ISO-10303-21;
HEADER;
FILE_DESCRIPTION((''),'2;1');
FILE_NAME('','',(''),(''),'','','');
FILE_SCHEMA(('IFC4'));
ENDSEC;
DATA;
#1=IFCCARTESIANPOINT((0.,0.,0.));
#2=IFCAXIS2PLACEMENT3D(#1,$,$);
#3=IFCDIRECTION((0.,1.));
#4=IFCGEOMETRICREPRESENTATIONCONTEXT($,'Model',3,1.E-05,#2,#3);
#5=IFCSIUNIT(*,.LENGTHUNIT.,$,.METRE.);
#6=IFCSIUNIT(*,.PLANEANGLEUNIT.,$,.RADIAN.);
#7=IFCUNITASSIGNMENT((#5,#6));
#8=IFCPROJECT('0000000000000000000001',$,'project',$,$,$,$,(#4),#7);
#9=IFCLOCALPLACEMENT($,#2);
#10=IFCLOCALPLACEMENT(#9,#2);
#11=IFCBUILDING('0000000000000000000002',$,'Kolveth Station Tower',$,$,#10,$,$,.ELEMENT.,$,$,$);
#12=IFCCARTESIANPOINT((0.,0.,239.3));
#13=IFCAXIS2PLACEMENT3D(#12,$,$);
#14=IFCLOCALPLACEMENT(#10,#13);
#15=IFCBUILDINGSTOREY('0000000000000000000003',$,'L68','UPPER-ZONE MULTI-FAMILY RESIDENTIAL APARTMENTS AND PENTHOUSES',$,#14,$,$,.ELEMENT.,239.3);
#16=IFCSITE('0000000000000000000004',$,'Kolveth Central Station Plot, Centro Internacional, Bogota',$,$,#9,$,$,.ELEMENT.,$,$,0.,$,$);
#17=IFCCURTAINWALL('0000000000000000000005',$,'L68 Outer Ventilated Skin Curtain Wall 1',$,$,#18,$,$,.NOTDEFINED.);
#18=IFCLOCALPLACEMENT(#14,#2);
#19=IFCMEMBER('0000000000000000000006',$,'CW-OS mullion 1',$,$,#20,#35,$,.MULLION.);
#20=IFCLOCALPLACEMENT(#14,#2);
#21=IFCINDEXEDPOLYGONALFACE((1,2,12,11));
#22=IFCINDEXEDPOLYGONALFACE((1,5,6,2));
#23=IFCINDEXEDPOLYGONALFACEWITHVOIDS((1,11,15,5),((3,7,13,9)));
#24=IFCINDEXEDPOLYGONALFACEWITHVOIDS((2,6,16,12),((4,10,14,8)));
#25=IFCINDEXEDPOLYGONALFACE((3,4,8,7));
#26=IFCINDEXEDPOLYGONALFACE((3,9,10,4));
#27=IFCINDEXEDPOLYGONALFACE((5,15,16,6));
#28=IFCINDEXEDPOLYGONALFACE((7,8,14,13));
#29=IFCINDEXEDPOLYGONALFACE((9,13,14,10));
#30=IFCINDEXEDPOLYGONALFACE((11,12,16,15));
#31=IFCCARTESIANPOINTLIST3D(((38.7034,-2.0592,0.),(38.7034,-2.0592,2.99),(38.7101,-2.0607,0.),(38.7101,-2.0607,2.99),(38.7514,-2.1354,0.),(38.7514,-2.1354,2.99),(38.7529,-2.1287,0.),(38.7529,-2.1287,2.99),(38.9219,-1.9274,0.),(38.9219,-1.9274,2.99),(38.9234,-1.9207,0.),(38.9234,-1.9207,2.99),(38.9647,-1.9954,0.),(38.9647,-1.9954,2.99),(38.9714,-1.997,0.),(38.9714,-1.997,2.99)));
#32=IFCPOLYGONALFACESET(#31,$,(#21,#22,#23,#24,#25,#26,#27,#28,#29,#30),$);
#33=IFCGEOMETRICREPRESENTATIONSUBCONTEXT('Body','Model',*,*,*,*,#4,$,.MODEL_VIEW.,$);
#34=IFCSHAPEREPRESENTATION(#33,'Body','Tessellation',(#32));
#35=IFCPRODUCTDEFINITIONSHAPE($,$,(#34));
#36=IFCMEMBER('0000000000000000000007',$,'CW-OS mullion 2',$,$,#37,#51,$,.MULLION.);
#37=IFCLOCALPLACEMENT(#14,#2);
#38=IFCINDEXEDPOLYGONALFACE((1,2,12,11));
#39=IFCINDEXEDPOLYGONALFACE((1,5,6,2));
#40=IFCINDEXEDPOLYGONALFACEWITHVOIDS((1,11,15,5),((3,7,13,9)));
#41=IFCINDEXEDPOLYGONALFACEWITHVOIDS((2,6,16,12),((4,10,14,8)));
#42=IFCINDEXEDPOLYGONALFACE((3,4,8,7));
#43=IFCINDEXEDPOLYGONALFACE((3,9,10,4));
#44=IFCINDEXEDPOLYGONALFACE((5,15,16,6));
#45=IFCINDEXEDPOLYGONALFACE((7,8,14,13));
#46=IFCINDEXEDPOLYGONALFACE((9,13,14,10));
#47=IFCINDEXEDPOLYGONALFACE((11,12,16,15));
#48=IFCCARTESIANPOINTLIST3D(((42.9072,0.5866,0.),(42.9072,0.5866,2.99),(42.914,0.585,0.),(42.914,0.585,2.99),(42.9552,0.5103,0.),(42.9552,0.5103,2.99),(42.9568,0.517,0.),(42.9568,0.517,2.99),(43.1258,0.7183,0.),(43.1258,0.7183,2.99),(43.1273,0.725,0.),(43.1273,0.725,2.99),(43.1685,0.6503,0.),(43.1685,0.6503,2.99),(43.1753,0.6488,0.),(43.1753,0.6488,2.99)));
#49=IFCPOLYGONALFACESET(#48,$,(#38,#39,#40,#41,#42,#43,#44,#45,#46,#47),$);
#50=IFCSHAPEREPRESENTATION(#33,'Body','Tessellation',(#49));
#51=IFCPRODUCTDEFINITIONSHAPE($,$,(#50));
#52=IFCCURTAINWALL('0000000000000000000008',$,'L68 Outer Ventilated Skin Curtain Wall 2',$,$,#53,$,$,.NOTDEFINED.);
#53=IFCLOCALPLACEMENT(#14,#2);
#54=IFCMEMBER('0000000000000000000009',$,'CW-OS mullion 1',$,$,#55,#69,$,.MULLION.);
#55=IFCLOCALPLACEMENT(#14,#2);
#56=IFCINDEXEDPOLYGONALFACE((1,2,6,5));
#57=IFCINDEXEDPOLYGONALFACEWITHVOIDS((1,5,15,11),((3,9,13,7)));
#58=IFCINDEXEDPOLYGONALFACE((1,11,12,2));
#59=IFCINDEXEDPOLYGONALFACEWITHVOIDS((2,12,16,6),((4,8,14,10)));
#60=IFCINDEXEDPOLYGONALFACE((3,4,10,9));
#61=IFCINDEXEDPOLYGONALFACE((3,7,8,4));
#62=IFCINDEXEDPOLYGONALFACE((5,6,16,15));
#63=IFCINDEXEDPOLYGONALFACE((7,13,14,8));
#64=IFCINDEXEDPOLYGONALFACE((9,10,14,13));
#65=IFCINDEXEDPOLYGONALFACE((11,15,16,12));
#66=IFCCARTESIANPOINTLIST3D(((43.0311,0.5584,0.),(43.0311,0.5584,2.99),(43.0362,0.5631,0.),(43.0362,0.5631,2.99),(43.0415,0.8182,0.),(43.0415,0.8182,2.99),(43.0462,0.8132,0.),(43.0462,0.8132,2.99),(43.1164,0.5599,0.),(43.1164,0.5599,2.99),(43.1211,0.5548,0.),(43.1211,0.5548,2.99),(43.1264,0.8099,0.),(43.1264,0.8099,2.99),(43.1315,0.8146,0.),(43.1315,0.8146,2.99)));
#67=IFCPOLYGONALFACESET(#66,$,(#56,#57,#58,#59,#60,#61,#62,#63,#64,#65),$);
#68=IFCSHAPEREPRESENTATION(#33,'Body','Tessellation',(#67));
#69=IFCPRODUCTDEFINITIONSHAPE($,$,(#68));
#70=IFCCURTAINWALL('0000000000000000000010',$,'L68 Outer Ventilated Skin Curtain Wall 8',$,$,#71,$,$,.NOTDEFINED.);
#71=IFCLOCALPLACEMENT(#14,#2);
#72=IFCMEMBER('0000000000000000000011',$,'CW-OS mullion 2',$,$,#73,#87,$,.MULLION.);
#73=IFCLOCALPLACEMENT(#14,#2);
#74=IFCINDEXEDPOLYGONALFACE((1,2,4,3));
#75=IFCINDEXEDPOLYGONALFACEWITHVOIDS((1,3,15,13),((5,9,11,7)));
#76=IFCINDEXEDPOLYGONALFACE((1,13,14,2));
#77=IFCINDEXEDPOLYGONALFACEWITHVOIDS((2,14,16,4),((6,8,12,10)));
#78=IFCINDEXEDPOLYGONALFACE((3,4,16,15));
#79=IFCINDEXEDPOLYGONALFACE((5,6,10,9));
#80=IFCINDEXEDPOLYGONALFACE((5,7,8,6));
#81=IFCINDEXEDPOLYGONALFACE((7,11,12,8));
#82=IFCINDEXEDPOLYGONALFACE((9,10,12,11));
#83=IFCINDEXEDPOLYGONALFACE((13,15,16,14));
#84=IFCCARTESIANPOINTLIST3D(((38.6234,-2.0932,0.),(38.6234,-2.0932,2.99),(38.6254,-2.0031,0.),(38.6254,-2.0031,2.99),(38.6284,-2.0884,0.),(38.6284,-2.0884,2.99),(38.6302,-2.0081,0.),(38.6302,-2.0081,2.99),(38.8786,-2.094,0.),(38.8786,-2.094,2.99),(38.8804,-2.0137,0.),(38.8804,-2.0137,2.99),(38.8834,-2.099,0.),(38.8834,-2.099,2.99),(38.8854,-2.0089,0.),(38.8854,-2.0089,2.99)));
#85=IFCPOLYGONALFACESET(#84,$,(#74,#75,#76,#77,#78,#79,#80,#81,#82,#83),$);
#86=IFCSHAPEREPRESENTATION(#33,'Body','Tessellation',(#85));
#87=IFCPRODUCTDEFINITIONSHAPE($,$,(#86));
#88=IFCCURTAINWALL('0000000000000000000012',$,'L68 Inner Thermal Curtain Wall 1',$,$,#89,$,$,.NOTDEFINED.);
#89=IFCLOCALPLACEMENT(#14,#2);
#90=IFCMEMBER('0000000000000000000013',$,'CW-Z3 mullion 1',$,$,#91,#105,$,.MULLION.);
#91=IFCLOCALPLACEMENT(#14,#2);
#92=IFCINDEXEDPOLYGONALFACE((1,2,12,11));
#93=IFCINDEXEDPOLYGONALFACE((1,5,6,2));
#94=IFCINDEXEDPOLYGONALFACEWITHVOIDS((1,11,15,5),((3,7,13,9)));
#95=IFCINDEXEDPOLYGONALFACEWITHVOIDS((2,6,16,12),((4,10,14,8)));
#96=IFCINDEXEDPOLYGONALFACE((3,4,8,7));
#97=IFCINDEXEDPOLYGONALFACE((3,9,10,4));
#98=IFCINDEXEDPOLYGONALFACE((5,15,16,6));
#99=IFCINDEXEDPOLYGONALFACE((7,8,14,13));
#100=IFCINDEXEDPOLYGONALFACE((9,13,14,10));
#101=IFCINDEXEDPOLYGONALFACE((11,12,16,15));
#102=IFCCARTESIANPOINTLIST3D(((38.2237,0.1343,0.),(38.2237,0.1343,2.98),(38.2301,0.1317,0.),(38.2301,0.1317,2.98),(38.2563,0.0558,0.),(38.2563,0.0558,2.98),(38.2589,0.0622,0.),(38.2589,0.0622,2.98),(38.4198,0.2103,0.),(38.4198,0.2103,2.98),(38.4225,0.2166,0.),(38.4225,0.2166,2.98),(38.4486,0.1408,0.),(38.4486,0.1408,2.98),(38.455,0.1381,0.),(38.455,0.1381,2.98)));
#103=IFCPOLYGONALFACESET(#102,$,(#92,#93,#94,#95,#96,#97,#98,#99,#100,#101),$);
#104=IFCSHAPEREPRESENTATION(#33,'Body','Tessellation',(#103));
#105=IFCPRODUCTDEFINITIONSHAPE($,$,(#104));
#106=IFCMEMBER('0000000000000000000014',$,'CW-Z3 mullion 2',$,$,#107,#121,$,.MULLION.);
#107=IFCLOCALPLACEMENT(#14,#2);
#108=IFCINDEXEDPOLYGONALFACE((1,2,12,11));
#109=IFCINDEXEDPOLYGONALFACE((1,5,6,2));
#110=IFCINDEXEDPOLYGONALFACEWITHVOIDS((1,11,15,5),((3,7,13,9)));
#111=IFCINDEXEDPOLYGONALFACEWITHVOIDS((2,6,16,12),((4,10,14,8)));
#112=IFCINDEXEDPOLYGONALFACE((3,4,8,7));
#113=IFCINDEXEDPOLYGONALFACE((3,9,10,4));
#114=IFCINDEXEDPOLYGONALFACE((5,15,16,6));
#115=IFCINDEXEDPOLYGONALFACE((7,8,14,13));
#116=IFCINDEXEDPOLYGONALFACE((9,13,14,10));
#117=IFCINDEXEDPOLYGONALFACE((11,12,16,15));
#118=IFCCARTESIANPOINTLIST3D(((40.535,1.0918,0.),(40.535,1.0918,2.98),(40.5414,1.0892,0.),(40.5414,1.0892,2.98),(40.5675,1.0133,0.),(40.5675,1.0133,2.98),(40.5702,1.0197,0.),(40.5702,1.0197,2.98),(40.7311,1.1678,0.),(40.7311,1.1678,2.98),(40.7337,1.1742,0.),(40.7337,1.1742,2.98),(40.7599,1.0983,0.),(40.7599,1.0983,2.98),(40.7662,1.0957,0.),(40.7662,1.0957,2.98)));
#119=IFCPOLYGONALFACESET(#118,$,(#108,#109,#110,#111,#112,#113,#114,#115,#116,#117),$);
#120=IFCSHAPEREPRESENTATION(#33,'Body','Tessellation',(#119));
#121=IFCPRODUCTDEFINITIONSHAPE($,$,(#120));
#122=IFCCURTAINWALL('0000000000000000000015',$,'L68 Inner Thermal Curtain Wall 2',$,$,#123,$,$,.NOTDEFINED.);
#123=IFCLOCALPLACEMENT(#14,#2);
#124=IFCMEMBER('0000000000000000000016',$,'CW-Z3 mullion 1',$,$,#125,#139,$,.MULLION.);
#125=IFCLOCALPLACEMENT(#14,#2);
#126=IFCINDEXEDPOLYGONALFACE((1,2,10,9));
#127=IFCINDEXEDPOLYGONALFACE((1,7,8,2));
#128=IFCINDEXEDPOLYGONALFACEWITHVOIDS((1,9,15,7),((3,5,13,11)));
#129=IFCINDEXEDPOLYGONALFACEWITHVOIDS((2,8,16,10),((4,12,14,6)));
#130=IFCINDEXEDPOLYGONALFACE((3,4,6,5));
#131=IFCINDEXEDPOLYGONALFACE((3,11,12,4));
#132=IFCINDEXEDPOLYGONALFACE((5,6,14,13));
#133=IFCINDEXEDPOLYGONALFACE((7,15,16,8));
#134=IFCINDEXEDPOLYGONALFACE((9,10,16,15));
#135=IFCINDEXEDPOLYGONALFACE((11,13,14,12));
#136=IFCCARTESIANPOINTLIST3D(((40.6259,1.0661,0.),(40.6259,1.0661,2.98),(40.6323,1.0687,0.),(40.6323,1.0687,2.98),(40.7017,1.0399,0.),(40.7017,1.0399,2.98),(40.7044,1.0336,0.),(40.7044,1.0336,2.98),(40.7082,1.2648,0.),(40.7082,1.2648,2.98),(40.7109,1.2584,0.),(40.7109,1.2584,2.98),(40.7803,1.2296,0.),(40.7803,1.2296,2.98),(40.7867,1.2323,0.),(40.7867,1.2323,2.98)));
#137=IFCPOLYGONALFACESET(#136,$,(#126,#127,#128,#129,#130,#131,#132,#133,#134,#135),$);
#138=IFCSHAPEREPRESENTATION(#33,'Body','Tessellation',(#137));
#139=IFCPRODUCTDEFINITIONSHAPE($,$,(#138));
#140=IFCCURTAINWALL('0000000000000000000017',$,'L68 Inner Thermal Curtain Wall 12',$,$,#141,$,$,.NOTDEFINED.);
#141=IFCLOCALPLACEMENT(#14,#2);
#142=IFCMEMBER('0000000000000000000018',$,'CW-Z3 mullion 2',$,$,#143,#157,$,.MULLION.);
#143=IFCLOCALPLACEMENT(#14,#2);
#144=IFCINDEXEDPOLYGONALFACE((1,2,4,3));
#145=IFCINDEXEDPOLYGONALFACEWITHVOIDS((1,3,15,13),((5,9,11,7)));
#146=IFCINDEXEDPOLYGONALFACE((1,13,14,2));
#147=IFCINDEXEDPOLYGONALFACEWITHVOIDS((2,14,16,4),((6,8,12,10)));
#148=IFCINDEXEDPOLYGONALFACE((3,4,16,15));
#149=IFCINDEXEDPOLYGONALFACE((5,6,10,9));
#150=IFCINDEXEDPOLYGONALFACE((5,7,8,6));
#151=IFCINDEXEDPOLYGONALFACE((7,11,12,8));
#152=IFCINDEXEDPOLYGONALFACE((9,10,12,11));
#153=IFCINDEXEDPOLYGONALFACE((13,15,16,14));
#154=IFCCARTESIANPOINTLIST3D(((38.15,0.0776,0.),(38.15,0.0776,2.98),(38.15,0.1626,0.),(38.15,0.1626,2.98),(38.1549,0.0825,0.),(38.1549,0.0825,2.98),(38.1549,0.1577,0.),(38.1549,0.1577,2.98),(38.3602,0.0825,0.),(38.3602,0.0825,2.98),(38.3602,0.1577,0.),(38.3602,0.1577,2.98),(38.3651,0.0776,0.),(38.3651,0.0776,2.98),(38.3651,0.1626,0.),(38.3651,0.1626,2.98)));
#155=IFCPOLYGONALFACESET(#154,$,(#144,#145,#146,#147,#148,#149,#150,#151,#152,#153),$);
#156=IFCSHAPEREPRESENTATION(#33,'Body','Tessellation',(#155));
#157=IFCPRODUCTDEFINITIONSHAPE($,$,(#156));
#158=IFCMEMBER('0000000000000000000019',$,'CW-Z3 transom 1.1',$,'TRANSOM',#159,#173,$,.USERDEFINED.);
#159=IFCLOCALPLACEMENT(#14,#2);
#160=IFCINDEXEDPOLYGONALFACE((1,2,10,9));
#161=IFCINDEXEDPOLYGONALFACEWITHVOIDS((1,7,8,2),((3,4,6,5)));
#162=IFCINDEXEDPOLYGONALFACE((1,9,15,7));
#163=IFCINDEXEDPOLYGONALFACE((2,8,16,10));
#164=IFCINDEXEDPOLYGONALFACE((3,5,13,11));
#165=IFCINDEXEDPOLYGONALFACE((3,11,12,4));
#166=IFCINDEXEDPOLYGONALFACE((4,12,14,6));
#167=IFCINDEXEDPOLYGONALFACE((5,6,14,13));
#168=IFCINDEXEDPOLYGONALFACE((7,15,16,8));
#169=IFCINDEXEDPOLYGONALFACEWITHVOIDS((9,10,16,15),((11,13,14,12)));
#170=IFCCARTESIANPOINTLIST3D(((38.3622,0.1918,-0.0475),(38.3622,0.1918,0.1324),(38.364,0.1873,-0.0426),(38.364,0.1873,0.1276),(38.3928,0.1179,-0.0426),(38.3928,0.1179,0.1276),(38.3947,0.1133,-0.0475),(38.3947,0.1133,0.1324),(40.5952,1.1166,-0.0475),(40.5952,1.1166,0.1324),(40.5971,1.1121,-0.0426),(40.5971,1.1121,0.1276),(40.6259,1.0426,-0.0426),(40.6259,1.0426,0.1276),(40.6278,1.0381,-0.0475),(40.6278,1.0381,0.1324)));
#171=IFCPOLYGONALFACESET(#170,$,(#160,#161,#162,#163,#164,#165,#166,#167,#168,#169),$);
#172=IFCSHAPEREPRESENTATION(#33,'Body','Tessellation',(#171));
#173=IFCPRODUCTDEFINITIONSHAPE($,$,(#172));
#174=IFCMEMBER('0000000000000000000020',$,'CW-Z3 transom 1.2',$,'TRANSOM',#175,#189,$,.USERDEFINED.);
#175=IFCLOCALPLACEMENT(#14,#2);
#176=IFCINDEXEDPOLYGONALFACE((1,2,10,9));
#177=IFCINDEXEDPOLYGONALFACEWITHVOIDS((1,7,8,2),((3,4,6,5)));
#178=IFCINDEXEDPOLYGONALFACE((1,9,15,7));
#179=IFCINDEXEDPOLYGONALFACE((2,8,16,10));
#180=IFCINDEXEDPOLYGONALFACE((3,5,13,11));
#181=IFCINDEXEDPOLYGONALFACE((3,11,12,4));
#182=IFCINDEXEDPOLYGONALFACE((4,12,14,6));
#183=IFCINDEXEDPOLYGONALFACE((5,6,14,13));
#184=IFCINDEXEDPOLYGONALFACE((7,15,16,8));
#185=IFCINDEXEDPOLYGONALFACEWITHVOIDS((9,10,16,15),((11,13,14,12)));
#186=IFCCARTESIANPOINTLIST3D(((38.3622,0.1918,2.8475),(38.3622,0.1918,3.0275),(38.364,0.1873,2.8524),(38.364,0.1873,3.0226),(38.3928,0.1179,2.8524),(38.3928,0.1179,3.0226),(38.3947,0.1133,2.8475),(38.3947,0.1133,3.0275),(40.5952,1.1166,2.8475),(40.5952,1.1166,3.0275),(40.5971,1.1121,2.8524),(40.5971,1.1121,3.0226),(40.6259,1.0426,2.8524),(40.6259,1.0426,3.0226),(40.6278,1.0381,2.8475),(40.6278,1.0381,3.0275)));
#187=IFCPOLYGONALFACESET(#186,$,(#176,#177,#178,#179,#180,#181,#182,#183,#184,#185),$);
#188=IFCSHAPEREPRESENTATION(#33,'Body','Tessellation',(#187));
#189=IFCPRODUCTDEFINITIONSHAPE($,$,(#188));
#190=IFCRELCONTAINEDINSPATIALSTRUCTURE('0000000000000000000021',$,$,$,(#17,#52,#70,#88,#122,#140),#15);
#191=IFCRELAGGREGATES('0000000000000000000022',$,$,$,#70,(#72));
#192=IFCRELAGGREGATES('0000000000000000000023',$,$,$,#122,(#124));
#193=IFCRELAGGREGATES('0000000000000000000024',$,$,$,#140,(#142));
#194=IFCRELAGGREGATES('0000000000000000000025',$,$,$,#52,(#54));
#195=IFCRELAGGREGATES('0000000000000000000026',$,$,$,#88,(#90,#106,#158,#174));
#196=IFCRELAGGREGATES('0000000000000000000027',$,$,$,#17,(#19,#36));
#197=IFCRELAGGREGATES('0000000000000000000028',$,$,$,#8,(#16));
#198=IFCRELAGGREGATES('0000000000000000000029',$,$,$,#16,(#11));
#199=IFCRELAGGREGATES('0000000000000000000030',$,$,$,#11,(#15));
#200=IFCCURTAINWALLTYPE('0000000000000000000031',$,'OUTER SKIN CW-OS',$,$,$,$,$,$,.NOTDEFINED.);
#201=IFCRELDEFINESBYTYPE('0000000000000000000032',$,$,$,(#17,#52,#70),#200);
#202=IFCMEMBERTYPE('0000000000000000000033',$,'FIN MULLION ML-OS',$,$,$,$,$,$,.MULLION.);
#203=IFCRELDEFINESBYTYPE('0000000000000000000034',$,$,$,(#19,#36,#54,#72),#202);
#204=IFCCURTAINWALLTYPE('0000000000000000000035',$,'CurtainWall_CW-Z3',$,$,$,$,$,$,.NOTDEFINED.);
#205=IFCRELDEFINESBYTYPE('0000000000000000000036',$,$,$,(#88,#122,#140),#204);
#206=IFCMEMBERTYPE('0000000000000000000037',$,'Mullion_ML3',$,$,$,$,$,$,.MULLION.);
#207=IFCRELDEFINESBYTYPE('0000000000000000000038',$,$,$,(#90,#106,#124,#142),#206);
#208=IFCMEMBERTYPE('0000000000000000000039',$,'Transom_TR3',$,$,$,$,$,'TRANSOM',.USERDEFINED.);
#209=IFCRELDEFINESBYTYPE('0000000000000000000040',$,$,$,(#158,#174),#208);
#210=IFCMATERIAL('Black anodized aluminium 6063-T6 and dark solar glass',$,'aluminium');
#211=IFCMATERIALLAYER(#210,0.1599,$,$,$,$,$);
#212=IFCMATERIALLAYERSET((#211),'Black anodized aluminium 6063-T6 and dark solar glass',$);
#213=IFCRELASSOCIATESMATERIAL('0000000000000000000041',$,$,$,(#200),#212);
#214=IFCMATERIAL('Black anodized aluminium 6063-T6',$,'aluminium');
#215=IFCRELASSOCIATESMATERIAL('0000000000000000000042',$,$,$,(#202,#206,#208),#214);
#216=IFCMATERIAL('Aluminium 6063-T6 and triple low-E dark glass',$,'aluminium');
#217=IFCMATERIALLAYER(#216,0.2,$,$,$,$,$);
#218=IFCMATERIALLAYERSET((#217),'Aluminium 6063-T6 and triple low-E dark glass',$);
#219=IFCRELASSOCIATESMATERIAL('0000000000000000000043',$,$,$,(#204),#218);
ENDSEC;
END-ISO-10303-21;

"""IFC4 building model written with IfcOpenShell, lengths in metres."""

from ifc_helpers import new_model, si_unit, direction, frame, origin, origin_2d, place, context, subcontext, project, spatial, hollow_rectangle, extrude, source, transform, mapped, material, layer, layer_set, material_profile, profile_set, type_object, element, aggregate, save


model = new_model("IFC4")

# Units and contexts
model_context = context("Model", 3, precision=1e-05, world=origin(), true_north=direction((0.0, 1.0)))
body_context = subcontext(model_context, "Body", "Model", "MODEL_VIEW")
ifc_project = project(units=[si_unit("LENGTHUNIT", "METRE"), si_unit("PLANEANGLEUNIT", "RADIAN")], contexts=[model_context])

# Site, building, storey
site_placement = place(None, origin())
site = spatial("IfcSite", under=ifc_project, at=site_placement, Name="Kolveth Central Station Plot, Centro Internacional, Bogota", CompositionType="ELEMENT", RefElevation=0.0)
building_placement = place(site_placement, origin())
building = spatial("IfcBuilding", under=site, at=building_placement, Name="Kolveth Station Tower", CompositionType="ELEMENT")
storey_placement = place(building_placement, frame((0.0, 0.0, 239.3)))
storey = spatial("IfcBuildingStorey", under=building, at=storey_placement, Name="L68", Description="UPPER-ZONE MULTI-FAMILY RESIDENTIAL APARTMENTS AND PENTHOUSES", CompositionType="ELEMENT", Elevation=239.3)

# Curtain wall, members
ifc_material_1 = material(Name="Black anodized aluminium 6063-T6 and dark solar glass", Category="aluminium")
ifc_layer_1 = layer(ifc_material_1, 0.1599)
ifc_layer_set_1 = layer_set([ifc_layer_1], Name="Black anodized aluminium 6063-T6 and dark solar glass")
curtain_wall_type_1 = type_object("IfcCurtainWallType", Name="OUTER SKIN CW-OS", PredefinedType="NOTDEFINED", material=ifc_layer_set_1)
curtain_wall_1_placement = place(storey_placement, origin())
curtain_wall_1 = element("IfcCurtainWall", 1, at=curtain_wall_1_placement, inside=storey, type_object=curtain_wall_type_1, Name="L68 Outer Ventilated Skin Curtain Wall 1", PredefinedType="NOTDEFINED")
ifc_material_2 = material(Name="Black anodized aluminium 6063-T6", Category="aluminium")
ifc_material_profile_1 = material_profile(ifc_material_2, hollow_rectangle(XDim=0.0901, YDim=0.26, WallThickness=0.0049, at=origin_2d()), Name="ALU-90x260x5")
ifc_profile_set_1 = profile_set([ifc_material_profile_1], Name="Black anodized aluminium 6063-T6")
member_type_1 = type_object("IfcMemberType", Name="FIN MULLION ML-OS", PredefinedType="MULLION", material=ifc_profile_set_1)
shared_shape_1 = source(origin(), body_context, "Body", "SweptSolid", [
    extrude(hollow_rectangle(XDim=0.0901, YDim=0.26, WallThickness=0.0049, at=origin_2d()), origin(), (0.0, 0.0, 1.0), 2.99),
])
member_1_placement = place(storey_placement, frame((38.8374, -2.0281, 0.0), z_axis=(0.0, 0.0, 1.0), x_axis=(-0.532641, 0.846341, 0.0)))
member_1 = element("IfcMember", 2, at=member_1_placement, type_object=member_type_1, Name="CW-OS mullion 1", PredefinedType="MULLION", context=body_context, shape_type="MappedRepresentation", body=[
    mapped(shared_shape_1, transform((0.0, 0.0, 0.0), x_axis=(1.0, 0.0, 0.0), y_axis=(0.0, 1.0, 0.0), z_axis=(0.0, 0.0, 1.0), scale=1.0)),
])
member_2_placement = place(storey_placement, frame((43.0413, 0.6177, 0.0), z_axis=(0.0, 0.0, 1.0), x_axis=(-0.532641, 0.846341, 0.0)))
member_2 = element("IfcMember", 3, at=member_2_placement, type_object=member_type_1, Name="CW-OS mullion 2", PredefinedType="MULLION", context=body_context, shape_type="MappedRepresentation", body=[
    mapped(shared_shape_1, transform((0.0, 0.0, 0.0), x_axis=(1.0, 0.0, 0.0), y_axis=(0.0, 1.0, 0.0), z_axis=(0.0, 0.0, 1.0), scale=1.0)),
])

# Curtain walls, members
curtain_wall_2_placement = place(storey_placement, origin())
curtain_wall_2 = element("IfcCurtainWall", 4, at=curtain_wall_2_placement, inside=storey, type_object=curtain_wall_type_1, Name="L68 Outer Ventilated Skin Curtain Wall 2", PredefinedType="NOTDEFINED")
member_3_placement = place(storey_placement, frame((43.0813, 0.6865, 0.0), z_axis=(0.0, 0.0, 1.0), x_axis=(-0.9992, 0.039987, 0.0)))
member_3 = element("IfcMember", 5, at=member_3_placement, type_object=member_type_1, Name="CW-OS mullion 1", PredefinedType="MULLION", context=body_context, shape_type="MappedRepresentation", body=[
    mapped(shared_shape_1, transform((0.0, 0.0, 0.0), x_axis=(1.0, 0.0, 0.0), y_axis=(0.0, 1.0, 0.0), z_axis=(0.0, 0.0, 1.0), scale=1.0)),
])
curtain_wall_3_placement = place(storey_placement, origin())
curtain_wall_3 = element("IfcCurtainWall", 6, at=curtain_wall_3_placement, inside=storey, type_object=curtain_wall_type_1, Name="L68 Outer Ventilated Skin Curtain Wall 8", PredefinedType="NOTDEFINED")
member_4_placement = place(storey_placement, frame((38.7544, -2.051, 0.0), z_axis=(0.0, 0.0, 1.0), x_axis=(0.022315, 0.999751, 0.0)))
member_4 = element("IfcMember", 7, at=member_4_placement, type_object=member_type_1, Name="CW-OS mullion 2", PredefinedType="MULLION", context=body_context, shape_type="MappedRepresentation", body=[
    mapped(shared_shape_1, transform((0.0, 0.0, 0.0), x_axis=(1.0, 0.0, 0.0), y_axis=(0.0, 1.0, 0.0), z_axis=(0.0, 0.0, 1.0), scale=1.0)),
])
aggregate(curtain_wall_3, [member_4])

# Curtain wall, members
ifc_material_3 = material(Name="Aluminium 6063-T6 and triple low-E dark glass", Category="aluminium")
ifc_layer_2 = layer(ifc_material_3, 0.2)
ifc_layer_set_2 = layer_set([ifc_layer_2], Name="Aluminium 6063-T6 and triple low-E dark glass")
curtain_wall_type_2 = type_object("IfcCurtainWallType", Name="CurtainWall_CW-Z3", PredefinedType="NOTDEFINED", material=ifc_layer_set_2)
curtain_wall_4_placement = place(storey_placement, origin())
curtain_wall_4 = element("IfcCurtainWall", 8, at=curtain_wall_4_placement, inside=storey, type_object=curtain_wall_type_2, Name="L68 Inner Thermal Curtain Wall 1", PredefinedType="NOTDEFINED")
ifc_material_profile_2 = material_profile(ifc_material_2, hollow_rectangle(XDim=0.085, YDim=0.2151, WallThickness=0.0049, at=origin_2d()), Name="ALU-85x215x5")
ifc_profile_set_2 = profile_set([ifc_material_profile_2], Name="Black anodized aluminium 6063-T6")
member_type_2 = type_object("IfcMemberType", Name="Mullion_ML3", PredefinedType="MULLION", material=ifc_profile_set_2)
shared_shape_2 = source(origin(), body_context, "Body", "SweptSolid", [
    extrude(hollow_rectangle(XDim=0.085, YDim=0.2151, WallThickness=0.0049, at=origin_2d()), origin(), (0.0, 0.0, 1.0), 2.98),
])
member_5_placement = place(storey_placement, frame((38.3394, 0.1362, 0.0), z_axis=(0.0, 0.0, 1.0), x_axis=(-0.382693, 0.923875, 0.0)))
member_5 = element("IfcMember", 9, at=member_5_placement, type_object=member_type_2, Name="CW-Z3 mullion 1", PredefinedType="MULLION", context=body_context, shape_type="MappedRepresentation", body=[
    mapped(shared_shape_2, transform((0.0, 0.0, 0.0), x_axis=(1.0, 0.0, 0.0), y_axis=(0.0, 1.0, 0.0), z_axis=(0.0, 0.0, 1.0), scale=1.0)),
])
member_6_placement = place(storey_placement, frame((40.6506, 1.0938, 0.0), z_axis=(0.0, 0.0, 1.0), x_axis=(-0.382693, 0.923875, 0.0)))
member_6 = element("IfcMember", 10, at=member_6_placement, type_object=member_type_2, Name="CW-Z3 mullion 2", PredefinedType="MULLION", context=body_context, shape_type="MappedRepresentation", body=[
    mapped(shared_shape_2, transform((0.0, 0.0, 0.0), x_axis=(1.0, 0.0, 0.0), y_axis=(0.0, 1.0, 0.0), z_axis=(0.0, 0.0, 1.0), scale=1.0)),
])

# Curtain walls, members
curtain_wall_5_placement = place(storey_placement, origin())
curtain_wall_5 = element("IfcCurtainWall", 11, at=curtain_wall_5_placement, inside=storey, type_object=curtain_wall_type_2, Name="L68 Inner Thermal Curtain Wall 2", PredefinedType="NOTDEFINED")
member_7_placement = place(storey_placement, frame((40.7063, 1.1492, 0.0), z_axis=(0.0, 0.0, 1.0), x_axis=(-0.923875, 0.382693, 0.0)))
member_7 = element("IfcMember", 12, at=member_7_placement, type_object=member_type_2, Name="CW-Z3 mullion 1", PredefinedType="MULLION", context=body_context, shape_type="MappedRepresentation", body=[
    mapped(shared_shape_2, transform((0.0, 0.0, 0.0), x_axis=(1.0, 0.0, 0.0), y_axis=(0.0, 1.0, 0.0), z_axis=(0.0, 0.0, 1.0), scale=1.0)),
])
aggregate(curtain_wall_5, [member_7])
curtain_wall_6_placement = place(storey_placement, origin())
curtain_wall_6 = element("IfcCurtainWall", 13, at=curtain_wall_6_placement, inside=storey, type_object=curtain_wall_type_2, Name="L68 Inner Thermal Curtain Wall 12", PredefinedType="NOTDEFINED")
member_8_placement = place(storey_placement, frame((38.2576, 0.1201, 0.0), z_axis=(0.0, 0.0, 1.0), x_axis=(0.0, 1.0, 0.0)))
member_8 = element("IfcMember", 14, at=member_8_placement, type_object=member_type_2, Name="CW-Z3 mullion 2", PredefinedType="MULLION", context=body_context, shape_type="MappedRepresentation", body=[
    mapped(shared_shape_2, transform((0.0, 0.0, 0.0), x_axis=(1.0, 0.0, 0.0), y_axis=(0.0, 1.0, 0.0), z_axis=(0.0, 0.0, 1.0), scale=1.0)),
])
aggregate(curtain_wall_6, [member_8])

# Members
ifc_material_profile_3 = material_profile(ifc_material_2, hollow_rectangle(XDim=0.085, YDim=0.1799, WallThickness=0.0049, at=origin_2d()), Name="ALU-85x180x5")
ifc_profile_set_3 = profile_set([ifc_material_profile_3], Name="Black anodized aluminium 6063-T6")
member_type_3 = type_object("IfcMemberType", Name="Transom_TR3", ElementType="TRANSOM", PredefinedType="USERDEFINED", material=ifc_profile_set_3)
shared_shape_3 = source(origin(), body_context, "Body", "SweptSolid", [
    extrude(hollow_rectangle(XDim=0.085, YDim=0.1799, WallThickness=0.0049, at=origin_2d()), origin(), (0.0, 0.0, 1.0), 2.417),
])
member_9_placement = place(storey_placement, frame((38.3784, 0.1526, 0.0425), z_axis=(0.923909, 0.382613, 0.0), x_axis=(-0.382613, 0.923909, 0.0)))
member_9 = element("IfcMember", 15, at=member_9_placement, type_object=member_type_3, Name="CW-Z3 transom 1.1", ObjectType="TRANSOM", PredefinedType="USERDEFINED", context=body_context, shape_type="MappedRepresentation", body=[
    mapped(shared_shape_3, transform((0.0, 0.0, 0.0), x_axis=(1.0, 0.0, 0.0), y_axis=(0.0, 1.0, 0.0), z_axis=(0.0, 0.0, 1.0), scale=1.0)),
])
member_10_placement = place(storey_placement, frame((38.3784, 0.1526, 2.9375), z_axis=(0.923909, 0.382613, 0.0), x_axis=(-0.382613, 0.923909, 0.0)))
member_10 = element("IfcMember", 16, at=member_10_placement, type_object=member_type_3, Name="CW-Z3 transom 1.2", ObjectType="TRANSOM", PredefinedType="USERDEFINED", context=body_context, shape_type="MappedRepresentation", body=[
    mapped(shared_shape_3, transform((0.0, 0.0, 0.0), x_axis=(1.0, 0.0, 0.0), y_axis=(0.0, 1.0, 0.0), z_axis=(0.0, 0.0, 1.0), scale=1.0)),
])
aggregate(curtain_wall_2, [member_3])

aggregate(curtain_wall_4, [member_5, member_6, member_9, member_10])
aggregate(curtain_wall_1, [member_1, member_2])

save(model, "model.ifc")
